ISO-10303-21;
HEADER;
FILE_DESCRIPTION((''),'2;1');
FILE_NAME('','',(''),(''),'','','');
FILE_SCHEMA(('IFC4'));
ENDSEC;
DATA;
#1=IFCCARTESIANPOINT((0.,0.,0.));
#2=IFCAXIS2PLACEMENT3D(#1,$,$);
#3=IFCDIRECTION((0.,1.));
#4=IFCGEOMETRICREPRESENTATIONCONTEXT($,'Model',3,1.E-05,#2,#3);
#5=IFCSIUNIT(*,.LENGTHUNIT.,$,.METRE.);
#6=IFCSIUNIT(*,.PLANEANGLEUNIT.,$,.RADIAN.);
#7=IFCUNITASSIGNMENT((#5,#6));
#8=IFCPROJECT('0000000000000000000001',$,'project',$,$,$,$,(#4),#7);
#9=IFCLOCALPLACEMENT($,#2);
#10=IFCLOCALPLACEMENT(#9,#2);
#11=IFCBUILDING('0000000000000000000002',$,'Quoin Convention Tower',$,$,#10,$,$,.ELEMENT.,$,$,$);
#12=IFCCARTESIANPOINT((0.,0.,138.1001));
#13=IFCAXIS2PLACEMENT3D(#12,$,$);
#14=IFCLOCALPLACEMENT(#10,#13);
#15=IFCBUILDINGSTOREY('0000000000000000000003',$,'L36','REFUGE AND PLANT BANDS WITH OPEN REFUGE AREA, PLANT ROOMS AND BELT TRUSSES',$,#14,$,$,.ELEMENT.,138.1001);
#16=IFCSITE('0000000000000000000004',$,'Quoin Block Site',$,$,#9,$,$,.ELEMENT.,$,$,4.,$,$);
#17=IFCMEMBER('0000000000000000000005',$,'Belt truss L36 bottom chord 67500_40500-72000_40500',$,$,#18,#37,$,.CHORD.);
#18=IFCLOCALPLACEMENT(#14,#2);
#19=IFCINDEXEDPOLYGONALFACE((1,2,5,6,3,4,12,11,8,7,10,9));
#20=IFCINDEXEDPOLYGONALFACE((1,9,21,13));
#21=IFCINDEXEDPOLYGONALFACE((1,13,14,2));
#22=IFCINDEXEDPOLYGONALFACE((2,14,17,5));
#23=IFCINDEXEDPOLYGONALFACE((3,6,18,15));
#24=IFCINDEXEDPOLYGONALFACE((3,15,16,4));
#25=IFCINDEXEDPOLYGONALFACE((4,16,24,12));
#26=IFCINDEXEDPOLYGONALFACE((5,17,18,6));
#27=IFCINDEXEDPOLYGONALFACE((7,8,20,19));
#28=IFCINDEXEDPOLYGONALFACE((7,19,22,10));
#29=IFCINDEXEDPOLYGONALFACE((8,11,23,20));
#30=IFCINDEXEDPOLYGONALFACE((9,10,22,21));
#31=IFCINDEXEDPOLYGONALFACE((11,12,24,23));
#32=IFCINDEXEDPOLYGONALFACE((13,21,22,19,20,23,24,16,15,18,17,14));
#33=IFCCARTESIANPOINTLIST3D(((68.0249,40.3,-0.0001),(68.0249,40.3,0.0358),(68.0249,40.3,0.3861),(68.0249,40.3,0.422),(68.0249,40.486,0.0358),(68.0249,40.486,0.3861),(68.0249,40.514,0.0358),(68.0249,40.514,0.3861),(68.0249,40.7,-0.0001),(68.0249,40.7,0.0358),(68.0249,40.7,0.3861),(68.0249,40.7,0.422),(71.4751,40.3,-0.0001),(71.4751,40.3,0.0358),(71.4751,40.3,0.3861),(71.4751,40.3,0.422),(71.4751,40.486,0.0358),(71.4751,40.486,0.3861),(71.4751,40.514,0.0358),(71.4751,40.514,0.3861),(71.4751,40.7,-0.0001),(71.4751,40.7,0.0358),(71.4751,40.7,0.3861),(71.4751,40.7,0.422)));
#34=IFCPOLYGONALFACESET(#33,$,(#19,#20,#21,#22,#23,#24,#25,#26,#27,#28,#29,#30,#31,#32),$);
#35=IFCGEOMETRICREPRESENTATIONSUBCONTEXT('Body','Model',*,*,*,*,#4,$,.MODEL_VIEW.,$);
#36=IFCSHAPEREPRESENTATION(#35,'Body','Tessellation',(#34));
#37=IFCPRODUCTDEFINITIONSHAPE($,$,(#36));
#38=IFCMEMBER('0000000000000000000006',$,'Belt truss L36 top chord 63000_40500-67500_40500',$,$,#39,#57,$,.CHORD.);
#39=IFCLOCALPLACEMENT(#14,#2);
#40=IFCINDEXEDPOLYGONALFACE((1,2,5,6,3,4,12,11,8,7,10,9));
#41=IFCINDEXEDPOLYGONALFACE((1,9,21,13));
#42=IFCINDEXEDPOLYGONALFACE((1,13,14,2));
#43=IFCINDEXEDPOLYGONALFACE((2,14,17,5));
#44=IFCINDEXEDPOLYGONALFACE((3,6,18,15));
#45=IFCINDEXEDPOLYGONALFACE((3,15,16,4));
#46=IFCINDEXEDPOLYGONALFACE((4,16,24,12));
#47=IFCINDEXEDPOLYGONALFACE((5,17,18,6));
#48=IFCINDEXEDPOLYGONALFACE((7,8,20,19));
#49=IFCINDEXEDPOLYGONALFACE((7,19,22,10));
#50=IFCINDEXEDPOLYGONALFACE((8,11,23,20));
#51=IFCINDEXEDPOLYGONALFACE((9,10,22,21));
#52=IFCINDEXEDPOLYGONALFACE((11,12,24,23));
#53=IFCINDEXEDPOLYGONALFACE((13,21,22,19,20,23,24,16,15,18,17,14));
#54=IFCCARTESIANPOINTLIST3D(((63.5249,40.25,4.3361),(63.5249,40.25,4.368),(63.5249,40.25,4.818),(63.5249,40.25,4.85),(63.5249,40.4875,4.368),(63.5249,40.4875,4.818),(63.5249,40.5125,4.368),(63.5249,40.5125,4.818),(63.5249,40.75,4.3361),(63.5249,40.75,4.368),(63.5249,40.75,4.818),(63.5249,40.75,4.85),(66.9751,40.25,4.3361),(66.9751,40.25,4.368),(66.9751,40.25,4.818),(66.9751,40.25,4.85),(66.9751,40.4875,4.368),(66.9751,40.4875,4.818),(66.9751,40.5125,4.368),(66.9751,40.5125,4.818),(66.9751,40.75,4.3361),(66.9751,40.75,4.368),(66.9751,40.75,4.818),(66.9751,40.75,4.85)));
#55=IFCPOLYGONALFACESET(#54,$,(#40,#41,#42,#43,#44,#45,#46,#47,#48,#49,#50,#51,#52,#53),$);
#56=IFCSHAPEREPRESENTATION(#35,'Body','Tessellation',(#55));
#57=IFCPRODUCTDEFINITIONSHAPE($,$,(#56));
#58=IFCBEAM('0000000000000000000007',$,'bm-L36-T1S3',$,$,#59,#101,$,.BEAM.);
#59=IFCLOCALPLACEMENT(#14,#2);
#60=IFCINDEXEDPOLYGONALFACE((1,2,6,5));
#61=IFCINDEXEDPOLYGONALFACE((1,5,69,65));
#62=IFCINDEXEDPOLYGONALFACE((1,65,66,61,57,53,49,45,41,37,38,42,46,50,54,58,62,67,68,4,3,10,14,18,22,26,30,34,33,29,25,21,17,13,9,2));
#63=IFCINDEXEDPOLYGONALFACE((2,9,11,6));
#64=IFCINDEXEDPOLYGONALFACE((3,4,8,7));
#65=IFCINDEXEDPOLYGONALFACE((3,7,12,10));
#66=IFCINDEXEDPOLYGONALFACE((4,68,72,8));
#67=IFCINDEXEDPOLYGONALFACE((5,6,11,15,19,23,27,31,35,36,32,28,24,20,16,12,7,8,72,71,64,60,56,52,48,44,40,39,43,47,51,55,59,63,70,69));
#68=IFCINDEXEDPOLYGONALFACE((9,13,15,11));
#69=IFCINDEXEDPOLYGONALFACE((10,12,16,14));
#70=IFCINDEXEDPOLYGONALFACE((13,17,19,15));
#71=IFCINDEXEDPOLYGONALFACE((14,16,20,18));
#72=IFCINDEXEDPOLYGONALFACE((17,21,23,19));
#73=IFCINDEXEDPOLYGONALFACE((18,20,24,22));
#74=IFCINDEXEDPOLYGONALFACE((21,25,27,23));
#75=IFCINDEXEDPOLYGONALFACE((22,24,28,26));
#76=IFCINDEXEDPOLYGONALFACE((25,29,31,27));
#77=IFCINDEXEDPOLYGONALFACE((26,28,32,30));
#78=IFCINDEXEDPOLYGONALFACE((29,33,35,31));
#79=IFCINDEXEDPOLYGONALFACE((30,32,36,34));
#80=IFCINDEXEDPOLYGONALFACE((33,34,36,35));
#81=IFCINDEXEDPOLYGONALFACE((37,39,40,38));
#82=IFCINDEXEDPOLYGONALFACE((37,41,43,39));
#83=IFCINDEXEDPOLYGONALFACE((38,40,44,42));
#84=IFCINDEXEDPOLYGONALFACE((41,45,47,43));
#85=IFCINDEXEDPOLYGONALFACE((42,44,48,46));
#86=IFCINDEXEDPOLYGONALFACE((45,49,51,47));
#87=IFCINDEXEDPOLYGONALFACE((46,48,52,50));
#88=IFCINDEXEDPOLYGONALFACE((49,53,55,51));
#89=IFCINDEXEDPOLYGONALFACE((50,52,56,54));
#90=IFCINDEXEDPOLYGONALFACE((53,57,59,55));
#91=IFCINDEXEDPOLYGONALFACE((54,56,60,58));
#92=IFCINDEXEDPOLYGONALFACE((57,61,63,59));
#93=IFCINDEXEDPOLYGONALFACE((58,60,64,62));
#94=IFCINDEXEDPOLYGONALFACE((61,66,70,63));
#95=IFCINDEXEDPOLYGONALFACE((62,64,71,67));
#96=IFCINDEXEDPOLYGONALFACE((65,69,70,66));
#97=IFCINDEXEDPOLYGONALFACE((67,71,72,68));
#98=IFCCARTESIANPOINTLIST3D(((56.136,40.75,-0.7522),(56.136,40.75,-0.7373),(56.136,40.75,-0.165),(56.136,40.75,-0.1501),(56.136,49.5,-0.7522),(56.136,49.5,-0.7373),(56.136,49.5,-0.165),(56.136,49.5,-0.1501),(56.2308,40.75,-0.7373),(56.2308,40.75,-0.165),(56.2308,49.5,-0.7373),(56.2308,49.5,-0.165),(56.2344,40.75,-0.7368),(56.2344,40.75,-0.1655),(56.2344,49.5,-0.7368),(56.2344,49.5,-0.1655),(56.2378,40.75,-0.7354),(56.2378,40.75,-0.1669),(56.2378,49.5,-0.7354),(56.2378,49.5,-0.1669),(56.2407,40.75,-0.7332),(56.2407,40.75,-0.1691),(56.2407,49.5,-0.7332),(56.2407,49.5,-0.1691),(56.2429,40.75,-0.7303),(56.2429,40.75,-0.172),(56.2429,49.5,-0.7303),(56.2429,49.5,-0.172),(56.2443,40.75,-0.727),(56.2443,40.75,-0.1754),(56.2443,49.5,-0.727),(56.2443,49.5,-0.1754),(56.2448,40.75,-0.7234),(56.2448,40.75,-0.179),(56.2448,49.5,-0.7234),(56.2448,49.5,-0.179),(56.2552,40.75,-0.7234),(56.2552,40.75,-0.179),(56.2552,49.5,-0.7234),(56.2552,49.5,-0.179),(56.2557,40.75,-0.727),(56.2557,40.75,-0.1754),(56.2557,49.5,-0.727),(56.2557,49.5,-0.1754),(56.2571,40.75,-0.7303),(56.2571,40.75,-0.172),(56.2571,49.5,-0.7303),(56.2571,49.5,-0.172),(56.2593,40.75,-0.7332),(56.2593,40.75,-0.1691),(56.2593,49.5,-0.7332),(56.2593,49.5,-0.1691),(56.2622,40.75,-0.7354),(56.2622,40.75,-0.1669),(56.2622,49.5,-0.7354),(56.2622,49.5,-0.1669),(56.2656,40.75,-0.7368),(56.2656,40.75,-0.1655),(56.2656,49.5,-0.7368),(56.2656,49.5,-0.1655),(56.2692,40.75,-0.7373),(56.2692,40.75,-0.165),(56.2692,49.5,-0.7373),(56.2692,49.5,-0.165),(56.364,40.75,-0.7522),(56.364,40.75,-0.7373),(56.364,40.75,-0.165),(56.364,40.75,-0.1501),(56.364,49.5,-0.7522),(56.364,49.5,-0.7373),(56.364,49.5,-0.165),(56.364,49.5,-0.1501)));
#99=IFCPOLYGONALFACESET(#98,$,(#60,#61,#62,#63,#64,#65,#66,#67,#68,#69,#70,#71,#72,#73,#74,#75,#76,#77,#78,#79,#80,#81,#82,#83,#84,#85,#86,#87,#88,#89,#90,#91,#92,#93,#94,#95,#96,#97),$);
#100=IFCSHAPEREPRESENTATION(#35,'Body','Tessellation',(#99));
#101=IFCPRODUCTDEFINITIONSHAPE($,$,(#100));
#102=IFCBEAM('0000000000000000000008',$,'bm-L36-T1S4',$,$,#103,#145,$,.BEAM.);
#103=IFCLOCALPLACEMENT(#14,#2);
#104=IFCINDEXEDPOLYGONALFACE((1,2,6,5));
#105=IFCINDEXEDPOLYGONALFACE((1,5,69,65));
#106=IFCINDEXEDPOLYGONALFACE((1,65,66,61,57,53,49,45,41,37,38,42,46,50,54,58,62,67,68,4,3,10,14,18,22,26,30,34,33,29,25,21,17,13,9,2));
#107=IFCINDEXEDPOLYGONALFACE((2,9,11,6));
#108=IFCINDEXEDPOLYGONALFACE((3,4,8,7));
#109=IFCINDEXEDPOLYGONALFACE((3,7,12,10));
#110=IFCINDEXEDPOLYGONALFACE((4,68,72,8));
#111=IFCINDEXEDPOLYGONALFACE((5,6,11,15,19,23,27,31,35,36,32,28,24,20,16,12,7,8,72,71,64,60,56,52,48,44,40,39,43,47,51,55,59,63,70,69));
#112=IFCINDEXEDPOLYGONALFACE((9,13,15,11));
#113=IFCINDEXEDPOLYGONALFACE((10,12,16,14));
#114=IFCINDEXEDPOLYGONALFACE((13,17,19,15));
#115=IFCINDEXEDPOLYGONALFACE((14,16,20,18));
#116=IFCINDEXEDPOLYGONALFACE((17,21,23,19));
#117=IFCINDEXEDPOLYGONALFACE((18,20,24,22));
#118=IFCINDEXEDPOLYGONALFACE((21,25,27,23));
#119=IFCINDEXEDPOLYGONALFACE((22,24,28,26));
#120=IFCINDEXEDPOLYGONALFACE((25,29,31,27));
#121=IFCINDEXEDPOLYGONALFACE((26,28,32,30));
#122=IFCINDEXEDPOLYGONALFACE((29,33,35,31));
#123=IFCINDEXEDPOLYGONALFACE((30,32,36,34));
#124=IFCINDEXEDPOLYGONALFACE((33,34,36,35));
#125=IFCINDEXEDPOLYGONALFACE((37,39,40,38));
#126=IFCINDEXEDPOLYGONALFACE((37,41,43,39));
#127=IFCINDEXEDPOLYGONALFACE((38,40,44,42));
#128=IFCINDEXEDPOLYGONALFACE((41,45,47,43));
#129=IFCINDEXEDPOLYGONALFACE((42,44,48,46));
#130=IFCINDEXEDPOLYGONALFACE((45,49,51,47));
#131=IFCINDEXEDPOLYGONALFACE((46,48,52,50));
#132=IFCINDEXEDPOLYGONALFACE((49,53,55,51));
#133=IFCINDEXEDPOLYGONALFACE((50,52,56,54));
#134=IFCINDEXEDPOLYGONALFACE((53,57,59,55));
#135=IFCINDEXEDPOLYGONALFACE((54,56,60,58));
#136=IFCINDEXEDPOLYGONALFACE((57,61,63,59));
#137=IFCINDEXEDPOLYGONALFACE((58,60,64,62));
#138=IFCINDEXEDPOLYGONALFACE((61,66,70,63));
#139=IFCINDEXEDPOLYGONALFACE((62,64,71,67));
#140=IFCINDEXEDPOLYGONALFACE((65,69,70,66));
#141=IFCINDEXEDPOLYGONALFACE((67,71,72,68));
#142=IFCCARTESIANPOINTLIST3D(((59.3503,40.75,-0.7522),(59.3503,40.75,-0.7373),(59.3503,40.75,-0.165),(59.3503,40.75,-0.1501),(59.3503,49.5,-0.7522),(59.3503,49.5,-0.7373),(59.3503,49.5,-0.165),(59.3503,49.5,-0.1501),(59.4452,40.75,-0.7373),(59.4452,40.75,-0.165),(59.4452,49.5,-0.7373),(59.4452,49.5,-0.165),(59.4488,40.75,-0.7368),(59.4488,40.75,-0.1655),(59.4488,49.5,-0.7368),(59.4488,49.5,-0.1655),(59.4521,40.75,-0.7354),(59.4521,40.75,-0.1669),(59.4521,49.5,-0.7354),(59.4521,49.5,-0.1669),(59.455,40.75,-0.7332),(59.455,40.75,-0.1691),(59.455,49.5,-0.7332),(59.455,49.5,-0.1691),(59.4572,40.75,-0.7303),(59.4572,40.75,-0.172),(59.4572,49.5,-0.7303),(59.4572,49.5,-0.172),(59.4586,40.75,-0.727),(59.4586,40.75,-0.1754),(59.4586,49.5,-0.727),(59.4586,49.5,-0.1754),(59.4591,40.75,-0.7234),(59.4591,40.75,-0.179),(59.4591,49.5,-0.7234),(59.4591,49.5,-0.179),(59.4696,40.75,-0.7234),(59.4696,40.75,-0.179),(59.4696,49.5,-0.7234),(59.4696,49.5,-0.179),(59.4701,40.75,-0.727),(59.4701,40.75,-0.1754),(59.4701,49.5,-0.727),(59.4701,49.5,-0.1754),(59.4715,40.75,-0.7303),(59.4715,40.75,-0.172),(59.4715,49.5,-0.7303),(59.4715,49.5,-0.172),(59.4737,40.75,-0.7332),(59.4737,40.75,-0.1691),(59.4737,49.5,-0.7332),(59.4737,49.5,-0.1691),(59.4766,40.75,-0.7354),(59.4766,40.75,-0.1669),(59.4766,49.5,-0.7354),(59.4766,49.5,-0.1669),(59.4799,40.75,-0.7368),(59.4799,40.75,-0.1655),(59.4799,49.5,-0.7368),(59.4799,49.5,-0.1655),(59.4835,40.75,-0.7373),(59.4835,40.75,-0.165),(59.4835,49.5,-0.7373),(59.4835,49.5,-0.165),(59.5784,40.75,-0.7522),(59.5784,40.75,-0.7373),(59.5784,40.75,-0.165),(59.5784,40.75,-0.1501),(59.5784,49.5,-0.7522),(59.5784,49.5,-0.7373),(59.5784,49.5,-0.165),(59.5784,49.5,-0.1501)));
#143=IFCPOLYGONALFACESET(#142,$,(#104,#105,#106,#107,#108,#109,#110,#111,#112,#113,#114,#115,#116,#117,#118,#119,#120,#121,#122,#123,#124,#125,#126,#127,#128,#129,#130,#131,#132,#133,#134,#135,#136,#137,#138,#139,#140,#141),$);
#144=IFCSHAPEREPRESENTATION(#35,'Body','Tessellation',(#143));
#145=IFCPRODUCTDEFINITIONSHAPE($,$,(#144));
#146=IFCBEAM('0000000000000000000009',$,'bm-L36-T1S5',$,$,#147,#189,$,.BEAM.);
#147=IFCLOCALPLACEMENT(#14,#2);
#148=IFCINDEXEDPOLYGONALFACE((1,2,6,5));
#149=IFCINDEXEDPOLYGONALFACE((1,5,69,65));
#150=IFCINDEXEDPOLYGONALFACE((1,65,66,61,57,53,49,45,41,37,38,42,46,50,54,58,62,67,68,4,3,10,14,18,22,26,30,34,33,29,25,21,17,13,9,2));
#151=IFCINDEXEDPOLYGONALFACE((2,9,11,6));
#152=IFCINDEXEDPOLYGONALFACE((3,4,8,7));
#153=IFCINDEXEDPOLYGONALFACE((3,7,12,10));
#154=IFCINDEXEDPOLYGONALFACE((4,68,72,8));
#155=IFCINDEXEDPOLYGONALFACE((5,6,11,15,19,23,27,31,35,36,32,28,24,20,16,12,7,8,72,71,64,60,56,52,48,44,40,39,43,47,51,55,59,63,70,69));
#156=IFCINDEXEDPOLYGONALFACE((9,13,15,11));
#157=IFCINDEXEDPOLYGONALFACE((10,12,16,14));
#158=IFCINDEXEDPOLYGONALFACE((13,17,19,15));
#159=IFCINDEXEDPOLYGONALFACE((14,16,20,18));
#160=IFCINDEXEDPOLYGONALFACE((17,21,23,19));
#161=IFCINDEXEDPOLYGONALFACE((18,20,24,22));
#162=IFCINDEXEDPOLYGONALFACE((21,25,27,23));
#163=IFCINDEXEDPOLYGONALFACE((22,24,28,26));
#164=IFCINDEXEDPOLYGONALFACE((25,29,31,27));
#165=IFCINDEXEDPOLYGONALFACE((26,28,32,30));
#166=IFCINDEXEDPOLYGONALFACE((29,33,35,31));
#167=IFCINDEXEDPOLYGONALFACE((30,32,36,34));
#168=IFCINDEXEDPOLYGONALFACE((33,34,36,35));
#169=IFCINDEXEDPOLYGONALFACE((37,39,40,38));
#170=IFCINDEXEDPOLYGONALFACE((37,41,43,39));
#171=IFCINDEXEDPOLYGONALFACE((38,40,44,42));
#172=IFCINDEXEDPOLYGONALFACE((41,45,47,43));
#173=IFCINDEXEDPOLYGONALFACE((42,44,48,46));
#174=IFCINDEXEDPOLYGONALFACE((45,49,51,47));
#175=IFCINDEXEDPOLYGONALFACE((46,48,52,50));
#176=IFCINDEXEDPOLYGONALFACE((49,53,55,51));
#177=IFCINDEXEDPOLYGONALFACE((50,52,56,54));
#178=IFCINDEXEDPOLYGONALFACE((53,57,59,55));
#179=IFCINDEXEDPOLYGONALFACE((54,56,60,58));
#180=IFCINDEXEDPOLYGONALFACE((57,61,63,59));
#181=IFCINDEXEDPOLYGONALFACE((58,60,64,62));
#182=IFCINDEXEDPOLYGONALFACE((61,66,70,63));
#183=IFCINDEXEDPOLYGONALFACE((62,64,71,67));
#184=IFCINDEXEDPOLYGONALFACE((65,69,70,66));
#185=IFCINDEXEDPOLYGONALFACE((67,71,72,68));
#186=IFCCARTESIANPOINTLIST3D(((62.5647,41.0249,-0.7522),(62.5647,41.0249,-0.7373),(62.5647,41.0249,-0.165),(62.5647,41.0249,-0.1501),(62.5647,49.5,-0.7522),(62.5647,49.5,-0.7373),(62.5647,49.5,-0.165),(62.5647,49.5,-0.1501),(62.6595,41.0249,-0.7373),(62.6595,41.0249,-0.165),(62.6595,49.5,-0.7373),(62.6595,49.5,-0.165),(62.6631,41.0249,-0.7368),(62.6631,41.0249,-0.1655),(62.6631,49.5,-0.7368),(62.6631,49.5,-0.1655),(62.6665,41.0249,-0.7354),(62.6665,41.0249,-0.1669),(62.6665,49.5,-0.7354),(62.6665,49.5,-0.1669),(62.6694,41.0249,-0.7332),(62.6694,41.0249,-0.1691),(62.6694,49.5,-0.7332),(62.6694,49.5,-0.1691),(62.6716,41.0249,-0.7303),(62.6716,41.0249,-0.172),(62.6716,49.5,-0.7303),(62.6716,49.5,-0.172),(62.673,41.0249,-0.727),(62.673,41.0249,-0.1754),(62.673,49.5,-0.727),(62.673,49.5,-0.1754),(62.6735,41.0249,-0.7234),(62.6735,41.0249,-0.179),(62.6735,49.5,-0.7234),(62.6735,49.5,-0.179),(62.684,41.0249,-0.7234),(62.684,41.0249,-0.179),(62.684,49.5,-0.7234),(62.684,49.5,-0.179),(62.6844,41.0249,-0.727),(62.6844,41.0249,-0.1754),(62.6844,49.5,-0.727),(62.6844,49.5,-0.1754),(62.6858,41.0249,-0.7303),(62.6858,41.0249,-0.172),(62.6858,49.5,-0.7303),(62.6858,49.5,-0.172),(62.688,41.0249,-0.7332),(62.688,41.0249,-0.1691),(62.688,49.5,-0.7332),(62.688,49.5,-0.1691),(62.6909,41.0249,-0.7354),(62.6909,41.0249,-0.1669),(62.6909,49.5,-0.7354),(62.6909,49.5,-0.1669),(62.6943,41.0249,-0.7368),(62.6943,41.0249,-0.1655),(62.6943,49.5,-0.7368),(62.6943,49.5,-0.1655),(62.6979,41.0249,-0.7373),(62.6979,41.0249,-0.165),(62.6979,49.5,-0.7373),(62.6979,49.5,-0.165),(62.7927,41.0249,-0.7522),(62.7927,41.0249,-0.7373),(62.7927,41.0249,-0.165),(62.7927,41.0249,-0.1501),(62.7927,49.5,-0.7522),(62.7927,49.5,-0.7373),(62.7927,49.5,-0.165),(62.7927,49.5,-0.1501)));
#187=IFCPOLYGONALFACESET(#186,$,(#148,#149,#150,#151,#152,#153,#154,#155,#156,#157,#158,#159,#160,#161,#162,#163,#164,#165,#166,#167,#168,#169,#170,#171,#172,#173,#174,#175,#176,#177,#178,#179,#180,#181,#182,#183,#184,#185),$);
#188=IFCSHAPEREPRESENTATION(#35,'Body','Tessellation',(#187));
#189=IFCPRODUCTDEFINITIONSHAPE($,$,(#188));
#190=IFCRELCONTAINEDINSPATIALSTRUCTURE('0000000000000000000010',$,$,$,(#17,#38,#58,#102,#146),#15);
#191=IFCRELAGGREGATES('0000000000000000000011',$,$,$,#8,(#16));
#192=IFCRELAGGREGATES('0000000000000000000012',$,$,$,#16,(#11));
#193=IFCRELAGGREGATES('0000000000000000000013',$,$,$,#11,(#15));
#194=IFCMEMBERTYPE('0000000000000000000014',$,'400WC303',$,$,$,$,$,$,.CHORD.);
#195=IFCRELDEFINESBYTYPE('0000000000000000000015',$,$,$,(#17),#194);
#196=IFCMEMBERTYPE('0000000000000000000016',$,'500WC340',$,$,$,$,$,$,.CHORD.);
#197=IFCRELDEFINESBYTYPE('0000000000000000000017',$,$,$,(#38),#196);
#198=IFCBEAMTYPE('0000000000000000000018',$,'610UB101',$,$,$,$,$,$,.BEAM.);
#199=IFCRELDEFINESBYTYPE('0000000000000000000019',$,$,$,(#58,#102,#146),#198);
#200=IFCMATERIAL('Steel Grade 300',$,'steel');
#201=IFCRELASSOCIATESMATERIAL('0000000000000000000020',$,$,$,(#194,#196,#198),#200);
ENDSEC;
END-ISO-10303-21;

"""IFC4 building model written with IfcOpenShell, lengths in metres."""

from ifc_helpers import new_model, si_unit, direction, frame, origin, origin_2d, place, context, subcontext, project, spatial, i_section, extrude, material, material_profile, profile_set, type_object, element, save


model = new_model("IFC4")

# Units and contexts
model_context = context("Model", 3, precision=1e-05, world=origin(), true_north=direction((0.0, 1.0)))
body_context = subcontext(model_context, "Body", "Model", "MODEL_VIEW")
ifc_project = project(units=[si_unit("LENGTHUNIT", "METRE"), si_unit("PLANEANGLEUNIT", "RADIAN")], contexts=[model_context])

# Site, building, storey
site_placement = place(None, origin())
site = spatial("IfcSite", under=ifc_project, at=site_placement, Name="Quoin Block Site", CompositionType="ELEMENT", RefElevation=4.0)
building_placement = place(site_placement, origin())
building = spatial("IfcBuilding", under=site, at=building_placement, Name="Quoin Convention Tower", CompositionType="ELEMENT")
storey_placement = place(building_placement, frame((0.0, 0.0, 138.1001)))
storey = spatial("IfcBuildingStorey", under=building, at=storey_placement, Name="L36", Description="REFUGE AND PLANT BANDS WITH OPEN REFUGE AREA, PLANT ROOMS AND BELT TRUSSES", CompositionType="ELEMENT", Elevation=138.1001)

# Members
ifc_material_1 = material(Name="Steel Grade 300", Category="steel")
ifc_material_profile_1 = material_profile(ifc_material_1, i_section(OverallWidth=0.3999, OverallDepth=0.4221, WebThickness=0.0281, FlangeThickness=0.0359, at=origin_2d()), Name="400WC303")
ifc_profile_set_1 = profile_set([ifc_material_profile_1], Name="Steel Grade 300")
member_type_1 = type_object("IfcMemberType", Name="400WC303", PredefinedType="CHORD", material=ifc_profile_set_1)
for number, where, z_axis, x_axis, name in (
    (1, (68.0249, 40.5, 0.2109), (1.0, 0.0, 0.0), (0.0, 1.0, 0.0), "Belt truss L36 bottom chord 67500_40500-72000_40500"),
):
    element("IfcMember", number, at=place(storey_placement, frame(where, z_axis=z_axis, x_axis=x_axis)), inside=storey, type_object=member_type_1, Name=name, PredefinedType="CHORD", context=body_context, shape_type="SweptSolid", body=[
        extrude(i_section(OverallWidth=0.3999, OverallDepth=0.4221, WebThickness=0.0281, FlangeThickness=0.0359, at=origin_2d()), origin(), (0.0, 0.0, 1.0), 3.4502),
    ])
ifc_material_profile_2 = material_profile(ifc_material_1, i_section(OverallWidth=0.5, OverallDepth=0.5139, WebThickness=0.0249, FlangeThickness=0.032, at=origin_2d()), Name="500WC340")
ifc_profile_set_2 = profile_set([ifc_material_profile_2], Name="Steel Grade 300")
member_type_2 = type_object("IfcMemberType", Name="500WC340", PredefinedType="CHORD", material=ifc_profile_set_2)
member_placement = place(storey_placement, frame((63.5249, 40.5, 4.593), z_axis=(1.0, 0.0, 0.0), x_axis=(0.0, 1.0, 0.0)))
element("IfcMember", 2, at=member_placement, inside=storey, type_object=member_type_2, Name="Belt truss L36 top chord 63000_40500-67500_40500", PredefinedType="CHORD", context=body_context, shape_type="SweptSolid", body=[
    extrude(i_section(OverallWidth=0.5, OverallDepth=0.5139, WebThickness=0.0249, FlangeThickness=0.032, at=origin_2d()), origin(), (0.0, 0.0, 1.0), 3.4502),
])

# Beams
ifc_material_profile_3 = material_profile(ifc_material_1, i_section(OverallWidth=0.228, OverallDepth=0.6021, WebThickness=0.0105, FlangeThickness=0.0149, FilletRadius=0.0139, at=origin_2d()), Name="610UB101")
ifc_profile_set_3 = profile_set([ifc_material_profile_3], Name="Steel Grade 300")
beam_type_1 = type_object("IfcBeamType", Name="610UB101", PredefinedType="BEAM", material=ifc_profile_set_3)
for number, where, z_axis, x_axis, name in (
    (3, (56.25, 40.75, -0.4512), (0.0, 1.0, 0.0), (-1.0, 0.0, 0.0), "bm-L36-T1S3"),
    (4, (59.4644, 40.75, -0.4512), (0.0, 1.0, 0.0), (-1.0, 0.0, 0.0), "bm-L36-T1S4"),
):
    element("IfcBeam", number, at=place(storey_placement, frame(where, z_axis=z_axis, x_axis=x_axis)), inside=storey, type_object=beam_type_1, Name=name, PredefinedType="BEAM", context=body_context, shape_type="SweptSolid", body=[
        extrude(i_section(OverallWidth=0.228, OverallDepth=0.6021, WebThickness=0.0105, FlangeThickness=0.0149, FilletRadius=0.0139, at=origin_2d()), origin(), (0.0, 0.0, 1.0), 8.75),
    ])
beam_1_placement = place(storey_placement, frame((62.6787, 41.0249, -0.4512), z_axis=(0.0, 1.0, 0.0), x_axis=(-1.0, 0.0, 0.0)))
element("IfcBeam", 5, at=beam_1_placement, inside=storey, type_object=beam_type_1, Name="bm-L36-T1S5", PredefinedType="BEAM", context=body_context, shape_type="SweptSolid", body=[
    extrude(i_section(OverallWidth=0.228, OverallDepth=0.6021, WebThickness=0.0105, FlangeThickness=0.0149, FilletRadius=0.0139, at=origin_2d()), origin(), (0.0, 0.0, 1.0), 8.4751),
])

save(model, "model.ifc")
